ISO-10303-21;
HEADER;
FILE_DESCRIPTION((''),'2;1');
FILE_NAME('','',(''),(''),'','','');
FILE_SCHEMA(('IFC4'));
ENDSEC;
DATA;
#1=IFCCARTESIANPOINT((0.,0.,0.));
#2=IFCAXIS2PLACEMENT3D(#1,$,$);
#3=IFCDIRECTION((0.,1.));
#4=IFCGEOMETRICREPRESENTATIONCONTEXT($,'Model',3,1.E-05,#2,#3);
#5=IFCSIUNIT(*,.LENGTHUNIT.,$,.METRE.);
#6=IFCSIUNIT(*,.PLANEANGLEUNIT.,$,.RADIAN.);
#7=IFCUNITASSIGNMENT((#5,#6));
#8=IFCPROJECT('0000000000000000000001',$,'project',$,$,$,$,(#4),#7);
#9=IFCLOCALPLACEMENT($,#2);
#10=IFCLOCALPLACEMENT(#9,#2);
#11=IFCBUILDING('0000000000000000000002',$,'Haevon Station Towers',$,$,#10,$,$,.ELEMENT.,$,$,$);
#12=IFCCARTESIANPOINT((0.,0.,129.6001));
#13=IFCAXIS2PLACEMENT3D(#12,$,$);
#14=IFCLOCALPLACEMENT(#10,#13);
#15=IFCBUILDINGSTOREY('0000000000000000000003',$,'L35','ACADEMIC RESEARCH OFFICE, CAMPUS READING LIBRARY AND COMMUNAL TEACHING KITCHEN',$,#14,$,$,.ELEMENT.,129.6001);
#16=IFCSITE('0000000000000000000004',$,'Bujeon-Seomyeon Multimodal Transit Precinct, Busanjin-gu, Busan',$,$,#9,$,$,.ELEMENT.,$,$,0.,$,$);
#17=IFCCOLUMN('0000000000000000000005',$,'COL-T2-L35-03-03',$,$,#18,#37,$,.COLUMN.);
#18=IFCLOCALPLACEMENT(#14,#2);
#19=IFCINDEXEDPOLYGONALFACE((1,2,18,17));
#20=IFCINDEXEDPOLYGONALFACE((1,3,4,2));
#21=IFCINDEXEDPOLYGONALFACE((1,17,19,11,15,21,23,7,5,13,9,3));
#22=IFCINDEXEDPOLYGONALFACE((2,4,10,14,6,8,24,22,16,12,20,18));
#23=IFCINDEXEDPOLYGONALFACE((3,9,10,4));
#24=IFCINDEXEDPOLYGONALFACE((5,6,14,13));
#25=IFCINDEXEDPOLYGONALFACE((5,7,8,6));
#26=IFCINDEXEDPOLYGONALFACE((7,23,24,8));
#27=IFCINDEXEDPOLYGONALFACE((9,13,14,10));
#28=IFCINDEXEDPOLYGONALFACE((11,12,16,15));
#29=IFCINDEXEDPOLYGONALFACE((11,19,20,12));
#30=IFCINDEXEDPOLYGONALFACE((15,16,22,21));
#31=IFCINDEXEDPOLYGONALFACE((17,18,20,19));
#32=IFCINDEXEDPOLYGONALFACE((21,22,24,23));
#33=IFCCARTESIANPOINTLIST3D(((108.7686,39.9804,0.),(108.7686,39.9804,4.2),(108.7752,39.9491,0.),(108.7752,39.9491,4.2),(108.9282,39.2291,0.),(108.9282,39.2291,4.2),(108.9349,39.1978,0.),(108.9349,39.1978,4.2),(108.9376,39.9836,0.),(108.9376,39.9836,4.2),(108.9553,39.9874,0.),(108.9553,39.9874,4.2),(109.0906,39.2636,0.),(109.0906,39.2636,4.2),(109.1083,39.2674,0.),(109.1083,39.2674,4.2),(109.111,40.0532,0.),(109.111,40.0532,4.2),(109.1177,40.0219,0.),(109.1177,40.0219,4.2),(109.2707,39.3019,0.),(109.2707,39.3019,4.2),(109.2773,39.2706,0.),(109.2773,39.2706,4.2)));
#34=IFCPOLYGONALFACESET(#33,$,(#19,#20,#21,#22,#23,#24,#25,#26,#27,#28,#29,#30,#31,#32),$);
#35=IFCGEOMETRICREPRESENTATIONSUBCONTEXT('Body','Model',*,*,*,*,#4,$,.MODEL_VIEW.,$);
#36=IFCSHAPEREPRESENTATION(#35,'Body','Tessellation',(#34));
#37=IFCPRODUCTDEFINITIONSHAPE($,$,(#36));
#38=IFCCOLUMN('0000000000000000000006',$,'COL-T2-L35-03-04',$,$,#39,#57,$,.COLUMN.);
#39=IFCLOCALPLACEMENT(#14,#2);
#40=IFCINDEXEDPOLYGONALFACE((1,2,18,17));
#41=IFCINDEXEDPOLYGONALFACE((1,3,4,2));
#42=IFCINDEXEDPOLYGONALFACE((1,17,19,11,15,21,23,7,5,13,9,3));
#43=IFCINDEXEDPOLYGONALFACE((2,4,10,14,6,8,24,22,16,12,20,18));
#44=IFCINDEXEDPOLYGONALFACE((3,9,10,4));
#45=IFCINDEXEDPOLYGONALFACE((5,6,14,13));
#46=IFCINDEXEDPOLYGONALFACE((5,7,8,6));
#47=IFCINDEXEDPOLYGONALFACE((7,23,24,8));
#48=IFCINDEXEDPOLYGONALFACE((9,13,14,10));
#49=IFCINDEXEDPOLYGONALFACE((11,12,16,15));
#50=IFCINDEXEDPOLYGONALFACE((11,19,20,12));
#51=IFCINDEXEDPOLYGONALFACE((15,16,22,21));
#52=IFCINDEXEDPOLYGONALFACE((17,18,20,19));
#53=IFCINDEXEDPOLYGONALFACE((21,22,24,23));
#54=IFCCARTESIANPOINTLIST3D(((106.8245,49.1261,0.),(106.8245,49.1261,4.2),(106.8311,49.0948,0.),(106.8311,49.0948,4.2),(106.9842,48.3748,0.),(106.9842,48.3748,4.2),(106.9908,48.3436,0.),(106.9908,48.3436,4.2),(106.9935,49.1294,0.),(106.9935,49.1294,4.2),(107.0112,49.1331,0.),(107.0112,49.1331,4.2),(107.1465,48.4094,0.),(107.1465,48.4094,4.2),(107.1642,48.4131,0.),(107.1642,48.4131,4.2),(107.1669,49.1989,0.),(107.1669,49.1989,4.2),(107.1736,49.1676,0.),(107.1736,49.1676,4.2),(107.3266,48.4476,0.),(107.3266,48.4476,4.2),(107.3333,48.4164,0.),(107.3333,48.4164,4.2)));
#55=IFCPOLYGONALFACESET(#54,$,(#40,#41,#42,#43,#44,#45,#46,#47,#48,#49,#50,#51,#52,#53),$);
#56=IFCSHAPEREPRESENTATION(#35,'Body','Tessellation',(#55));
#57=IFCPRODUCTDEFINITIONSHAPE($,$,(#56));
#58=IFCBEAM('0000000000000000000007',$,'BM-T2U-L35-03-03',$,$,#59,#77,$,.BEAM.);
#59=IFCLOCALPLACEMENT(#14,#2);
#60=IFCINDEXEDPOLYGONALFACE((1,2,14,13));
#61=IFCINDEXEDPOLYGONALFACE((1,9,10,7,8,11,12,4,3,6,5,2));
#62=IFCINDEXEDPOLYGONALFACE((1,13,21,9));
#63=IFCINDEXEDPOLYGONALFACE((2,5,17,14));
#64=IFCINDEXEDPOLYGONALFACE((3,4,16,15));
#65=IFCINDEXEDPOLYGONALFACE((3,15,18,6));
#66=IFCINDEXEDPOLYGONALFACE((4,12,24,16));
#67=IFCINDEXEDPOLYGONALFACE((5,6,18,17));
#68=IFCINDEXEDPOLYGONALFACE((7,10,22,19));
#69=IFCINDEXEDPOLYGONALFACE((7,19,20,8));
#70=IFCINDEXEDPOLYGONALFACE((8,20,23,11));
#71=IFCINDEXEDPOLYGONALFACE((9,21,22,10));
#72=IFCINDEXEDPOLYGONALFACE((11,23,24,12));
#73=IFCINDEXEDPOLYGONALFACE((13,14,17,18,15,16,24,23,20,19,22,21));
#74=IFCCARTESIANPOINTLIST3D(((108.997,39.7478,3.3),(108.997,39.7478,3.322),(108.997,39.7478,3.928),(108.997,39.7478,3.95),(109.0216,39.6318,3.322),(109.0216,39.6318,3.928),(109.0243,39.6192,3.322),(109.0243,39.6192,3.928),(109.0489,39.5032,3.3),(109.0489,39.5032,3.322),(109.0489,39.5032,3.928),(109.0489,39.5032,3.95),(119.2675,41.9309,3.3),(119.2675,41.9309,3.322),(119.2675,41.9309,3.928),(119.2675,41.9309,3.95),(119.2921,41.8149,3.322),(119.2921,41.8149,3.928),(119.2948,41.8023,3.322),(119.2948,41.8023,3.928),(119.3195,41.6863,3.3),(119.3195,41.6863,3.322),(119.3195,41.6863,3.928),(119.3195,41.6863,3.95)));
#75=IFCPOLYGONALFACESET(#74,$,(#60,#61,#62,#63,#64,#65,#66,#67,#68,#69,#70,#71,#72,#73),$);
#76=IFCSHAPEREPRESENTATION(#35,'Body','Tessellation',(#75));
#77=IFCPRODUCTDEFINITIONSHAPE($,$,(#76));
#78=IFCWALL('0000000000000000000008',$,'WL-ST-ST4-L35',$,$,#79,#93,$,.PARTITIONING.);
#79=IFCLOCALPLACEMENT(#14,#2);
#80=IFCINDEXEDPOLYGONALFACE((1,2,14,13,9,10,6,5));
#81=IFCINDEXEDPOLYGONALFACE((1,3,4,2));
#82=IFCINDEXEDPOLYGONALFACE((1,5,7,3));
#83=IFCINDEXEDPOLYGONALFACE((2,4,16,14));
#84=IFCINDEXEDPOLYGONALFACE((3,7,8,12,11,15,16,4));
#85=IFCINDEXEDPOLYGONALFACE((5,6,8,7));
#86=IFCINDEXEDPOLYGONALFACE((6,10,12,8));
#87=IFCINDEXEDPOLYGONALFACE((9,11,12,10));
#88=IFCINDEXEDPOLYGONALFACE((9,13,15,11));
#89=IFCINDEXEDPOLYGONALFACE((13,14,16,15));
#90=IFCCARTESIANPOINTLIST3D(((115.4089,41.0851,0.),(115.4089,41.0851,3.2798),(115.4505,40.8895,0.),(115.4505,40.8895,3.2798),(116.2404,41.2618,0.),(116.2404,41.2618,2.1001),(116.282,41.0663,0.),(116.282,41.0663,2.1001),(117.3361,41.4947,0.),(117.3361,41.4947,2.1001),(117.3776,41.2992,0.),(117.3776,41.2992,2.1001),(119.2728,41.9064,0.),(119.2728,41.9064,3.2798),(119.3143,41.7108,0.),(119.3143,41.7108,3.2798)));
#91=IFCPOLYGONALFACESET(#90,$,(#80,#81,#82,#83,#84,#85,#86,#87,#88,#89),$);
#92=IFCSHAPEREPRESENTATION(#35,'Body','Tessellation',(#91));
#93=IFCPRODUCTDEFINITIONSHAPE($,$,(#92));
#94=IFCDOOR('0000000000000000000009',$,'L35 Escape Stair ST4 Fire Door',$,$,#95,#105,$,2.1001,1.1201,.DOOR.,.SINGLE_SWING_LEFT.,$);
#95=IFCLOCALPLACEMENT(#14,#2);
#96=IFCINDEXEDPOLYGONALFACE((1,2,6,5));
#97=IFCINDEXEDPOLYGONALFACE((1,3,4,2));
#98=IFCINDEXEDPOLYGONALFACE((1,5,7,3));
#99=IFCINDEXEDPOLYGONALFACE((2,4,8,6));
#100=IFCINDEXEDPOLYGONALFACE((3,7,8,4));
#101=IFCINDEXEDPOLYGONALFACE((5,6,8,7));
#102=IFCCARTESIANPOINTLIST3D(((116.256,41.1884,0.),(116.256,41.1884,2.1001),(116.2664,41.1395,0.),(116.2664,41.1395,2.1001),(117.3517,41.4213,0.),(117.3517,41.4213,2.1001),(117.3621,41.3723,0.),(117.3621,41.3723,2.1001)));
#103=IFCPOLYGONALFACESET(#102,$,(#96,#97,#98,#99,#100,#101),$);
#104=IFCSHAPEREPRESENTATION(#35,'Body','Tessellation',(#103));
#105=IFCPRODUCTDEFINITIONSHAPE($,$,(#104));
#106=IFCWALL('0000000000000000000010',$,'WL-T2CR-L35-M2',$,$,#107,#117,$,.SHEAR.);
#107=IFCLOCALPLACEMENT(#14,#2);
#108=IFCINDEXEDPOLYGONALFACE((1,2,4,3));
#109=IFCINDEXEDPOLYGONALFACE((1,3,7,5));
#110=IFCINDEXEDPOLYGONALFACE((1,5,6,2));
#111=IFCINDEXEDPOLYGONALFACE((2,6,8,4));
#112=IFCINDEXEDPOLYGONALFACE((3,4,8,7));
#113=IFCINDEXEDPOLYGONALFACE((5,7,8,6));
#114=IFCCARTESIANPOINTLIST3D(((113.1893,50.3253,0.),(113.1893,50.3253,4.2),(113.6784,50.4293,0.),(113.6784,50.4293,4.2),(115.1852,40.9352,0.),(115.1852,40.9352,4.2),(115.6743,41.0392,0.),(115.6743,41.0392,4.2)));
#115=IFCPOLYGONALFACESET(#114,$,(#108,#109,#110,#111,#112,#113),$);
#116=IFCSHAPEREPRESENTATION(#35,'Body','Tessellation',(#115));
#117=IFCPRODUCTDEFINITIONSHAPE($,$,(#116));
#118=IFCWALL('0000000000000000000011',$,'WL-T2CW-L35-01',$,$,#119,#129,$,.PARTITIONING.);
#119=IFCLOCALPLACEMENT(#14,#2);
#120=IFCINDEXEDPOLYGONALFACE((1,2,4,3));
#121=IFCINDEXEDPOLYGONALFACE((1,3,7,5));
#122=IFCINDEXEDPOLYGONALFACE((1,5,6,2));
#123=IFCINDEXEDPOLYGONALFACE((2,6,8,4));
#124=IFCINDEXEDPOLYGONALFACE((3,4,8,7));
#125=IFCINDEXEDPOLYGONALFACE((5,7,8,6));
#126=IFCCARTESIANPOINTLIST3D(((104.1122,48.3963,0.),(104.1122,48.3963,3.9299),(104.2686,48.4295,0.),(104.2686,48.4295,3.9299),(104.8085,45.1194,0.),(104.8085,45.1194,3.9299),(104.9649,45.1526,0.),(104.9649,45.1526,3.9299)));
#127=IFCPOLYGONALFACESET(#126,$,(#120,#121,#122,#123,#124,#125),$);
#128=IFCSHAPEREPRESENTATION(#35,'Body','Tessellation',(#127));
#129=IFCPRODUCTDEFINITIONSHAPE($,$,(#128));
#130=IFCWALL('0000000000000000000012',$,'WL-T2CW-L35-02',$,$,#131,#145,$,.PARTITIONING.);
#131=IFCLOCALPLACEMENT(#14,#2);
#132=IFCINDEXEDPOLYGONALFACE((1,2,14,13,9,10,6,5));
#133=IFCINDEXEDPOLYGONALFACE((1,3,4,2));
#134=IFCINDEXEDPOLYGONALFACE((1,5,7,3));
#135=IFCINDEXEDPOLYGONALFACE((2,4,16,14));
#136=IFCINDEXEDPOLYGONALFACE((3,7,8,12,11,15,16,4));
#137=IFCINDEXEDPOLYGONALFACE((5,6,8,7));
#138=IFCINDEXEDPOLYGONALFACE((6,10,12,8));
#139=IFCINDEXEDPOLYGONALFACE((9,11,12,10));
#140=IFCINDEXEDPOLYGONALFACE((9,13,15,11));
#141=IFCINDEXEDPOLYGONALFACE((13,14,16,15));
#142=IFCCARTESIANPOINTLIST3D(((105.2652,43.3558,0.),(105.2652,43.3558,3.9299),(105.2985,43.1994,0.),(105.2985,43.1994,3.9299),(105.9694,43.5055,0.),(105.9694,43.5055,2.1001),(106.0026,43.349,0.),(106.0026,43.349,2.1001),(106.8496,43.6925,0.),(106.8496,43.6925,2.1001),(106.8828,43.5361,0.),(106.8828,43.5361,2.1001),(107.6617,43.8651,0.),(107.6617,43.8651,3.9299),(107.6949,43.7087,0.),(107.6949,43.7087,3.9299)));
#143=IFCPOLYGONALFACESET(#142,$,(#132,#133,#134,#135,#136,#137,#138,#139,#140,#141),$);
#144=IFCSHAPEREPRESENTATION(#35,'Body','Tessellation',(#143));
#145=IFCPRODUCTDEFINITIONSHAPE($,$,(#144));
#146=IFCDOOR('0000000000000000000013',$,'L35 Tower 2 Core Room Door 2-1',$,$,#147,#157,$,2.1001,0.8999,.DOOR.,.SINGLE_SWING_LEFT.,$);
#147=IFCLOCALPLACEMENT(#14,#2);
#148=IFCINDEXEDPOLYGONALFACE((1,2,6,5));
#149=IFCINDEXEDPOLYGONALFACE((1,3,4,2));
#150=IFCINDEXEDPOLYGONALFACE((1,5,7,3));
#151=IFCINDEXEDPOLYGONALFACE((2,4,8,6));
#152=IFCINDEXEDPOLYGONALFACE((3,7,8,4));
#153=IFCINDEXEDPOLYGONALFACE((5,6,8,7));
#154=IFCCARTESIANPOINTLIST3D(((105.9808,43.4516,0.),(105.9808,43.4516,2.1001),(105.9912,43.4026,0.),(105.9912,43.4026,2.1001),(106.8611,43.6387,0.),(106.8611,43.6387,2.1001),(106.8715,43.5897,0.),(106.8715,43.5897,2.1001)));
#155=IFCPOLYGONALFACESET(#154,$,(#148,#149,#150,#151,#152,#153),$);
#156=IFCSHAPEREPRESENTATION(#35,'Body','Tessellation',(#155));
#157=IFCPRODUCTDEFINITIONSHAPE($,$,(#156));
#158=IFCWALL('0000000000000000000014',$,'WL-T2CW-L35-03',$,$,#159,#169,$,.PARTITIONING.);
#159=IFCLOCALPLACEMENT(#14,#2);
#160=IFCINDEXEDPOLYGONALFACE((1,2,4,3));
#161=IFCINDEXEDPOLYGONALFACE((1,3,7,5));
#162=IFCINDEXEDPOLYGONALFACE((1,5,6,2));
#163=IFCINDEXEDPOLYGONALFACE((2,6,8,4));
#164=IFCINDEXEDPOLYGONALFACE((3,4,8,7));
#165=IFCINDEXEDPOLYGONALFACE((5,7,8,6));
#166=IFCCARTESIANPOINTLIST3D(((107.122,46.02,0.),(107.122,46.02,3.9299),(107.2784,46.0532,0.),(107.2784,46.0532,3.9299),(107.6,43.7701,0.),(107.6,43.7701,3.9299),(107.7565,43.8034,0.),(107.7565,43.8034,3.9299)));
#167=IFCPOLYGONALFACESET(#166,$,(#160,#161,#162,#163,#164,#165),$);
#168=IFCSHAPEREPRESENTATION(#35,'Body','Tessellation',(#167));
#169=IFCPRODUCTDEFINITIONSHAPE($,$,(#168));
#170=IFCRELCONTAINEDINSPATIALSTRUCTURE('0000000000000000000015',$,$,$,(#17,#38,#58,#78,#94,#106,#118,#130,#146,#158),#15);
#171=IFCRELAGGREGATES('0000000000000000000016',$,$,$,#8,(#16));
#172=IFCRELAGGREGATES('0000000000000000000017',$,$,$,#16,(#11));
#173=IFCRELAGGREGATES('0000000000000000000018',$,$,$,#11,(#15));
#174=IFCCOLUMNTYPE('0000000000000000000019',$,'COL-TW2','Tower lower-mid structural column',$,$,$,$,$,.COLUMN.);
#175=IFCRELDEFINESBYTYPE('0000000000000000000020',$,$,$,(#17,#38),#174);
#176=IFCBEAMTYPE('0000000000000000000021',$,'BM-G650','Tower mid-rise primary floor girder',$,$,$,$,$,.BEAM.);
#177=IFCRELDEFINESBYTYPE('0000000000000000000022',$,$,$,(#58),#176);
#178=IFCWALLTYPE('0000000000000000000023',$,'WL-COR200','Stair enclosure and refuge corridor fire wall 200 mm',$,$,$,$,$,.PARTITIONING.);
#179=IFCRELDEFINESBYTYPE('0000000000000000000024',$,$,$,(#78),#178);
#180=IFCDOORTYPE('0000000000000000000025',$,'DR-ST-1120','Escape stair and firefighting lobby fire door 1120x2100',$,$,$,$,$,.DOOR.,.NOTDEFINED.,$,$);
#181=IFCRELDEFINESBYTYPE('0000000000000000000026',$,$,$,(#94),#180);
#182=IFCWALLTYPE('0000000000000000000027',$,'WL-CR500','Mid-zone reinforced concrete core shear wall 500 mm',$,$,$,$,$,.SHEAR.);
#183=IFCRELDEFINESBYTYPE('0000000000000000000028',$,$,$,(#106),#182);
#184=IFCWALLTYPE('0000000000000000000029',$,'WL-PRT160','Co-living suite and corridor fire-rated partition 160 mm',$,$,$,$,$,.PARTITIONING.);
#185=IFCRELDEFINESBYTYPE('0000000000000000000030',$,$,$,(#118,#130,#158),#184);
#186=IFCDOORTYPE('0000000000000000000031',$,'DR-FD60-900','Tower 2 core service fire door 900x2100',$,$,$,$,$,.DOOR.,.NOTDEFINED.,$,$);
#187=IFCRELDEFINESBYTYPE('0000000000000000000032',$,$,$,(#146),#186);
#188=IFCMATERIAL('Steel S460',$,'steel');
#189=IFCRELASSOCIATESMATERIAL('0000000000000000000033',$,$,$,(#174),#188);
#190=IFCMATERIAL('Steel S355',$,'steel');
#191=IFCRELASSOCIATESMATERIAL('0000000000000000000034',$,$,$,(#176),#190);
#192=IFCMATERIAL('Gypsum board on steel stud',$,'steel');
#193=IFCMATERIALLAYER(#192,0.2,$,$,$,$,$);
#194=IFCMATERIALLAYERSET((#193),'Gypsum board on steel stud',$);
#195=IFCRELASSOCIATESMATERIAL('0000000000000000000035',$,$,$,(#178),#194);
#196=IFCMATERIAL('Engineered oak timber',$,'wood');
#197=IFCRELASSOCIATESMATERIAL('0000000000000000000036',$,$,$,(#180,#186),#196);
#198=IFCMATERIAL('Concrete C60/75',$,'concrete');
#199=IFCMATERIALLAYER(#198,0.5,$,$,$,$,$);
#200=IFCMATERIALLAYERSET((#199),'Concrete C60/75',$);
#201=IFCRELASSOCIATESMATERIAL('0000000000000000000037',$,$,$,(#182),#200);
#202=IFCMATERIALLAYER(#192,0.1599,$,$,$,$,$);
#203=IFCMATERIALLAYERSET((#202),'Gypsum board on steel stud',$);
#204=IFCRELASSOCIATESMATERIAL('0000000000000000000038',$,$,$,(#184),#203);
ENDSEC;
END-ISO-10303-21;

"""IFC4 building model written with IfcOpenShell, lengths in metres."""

from ifc_helpers import new_model, si_unit, direction, frame, frame_2d, origin, origin_2d, place, context, subcontext, project, spatial, rectangle, i_section, extrude, material, layer, layer_set, material_profile, profile_set, type_object, element, fill, save


model = new_model("IFC4")

# Units and contexts
model_context = context("Model", 3, precision=1e-05, world=origin(), true_north=direction((0.0, 1.0)))
body_context = subcontext(model_context, "Body", "Model", "MODEL_VIEW")
ifc_project = project(units=[si_unit("LENGTHUNIT", "METRE"), si_unit("PLANEANGLEUNIT", "RADIAN")], contexts=[model_context])

# Site, building, storey
site_placement = place(None, origin())
site = spatial("IfcSite", under=ifc_project, at=site_placement, Name="Bujeon-Seomyeon Multimodal Transit Precinct, Busanjin-gu, Busan", CompositionType="ELEMENT", RefElevation=0.0)
building_placement = place(site_placement, origin())
building = spatial("IfcBuilding", under=site, at=building_placement, Name="Haevon Station Towers", CompositionType="ELEMENT")
storey_placement = place(building_placement, frame((0.0, 0.0, 129.6001)))
storey = spatial("IfcBuildingStorey", under=building, at=storey_placement, Name="L35", Description="ACADEMIC RESEARCH OFFICE, CAMPUS READING LIBRARY AND COMMUNAL TEACHING KITCHEN", CompositionType="ELEMENT", Elevation=129.6001)

# Columns
ifc_material_1 = material(Name="Steel S460", Category="steel")
ifc_material_profile_1 = material_profile(ifc_material_1, i_section(OverallWidth=0.3501, OverallDepth=0.8, WebThickness=0.0181, FlangeThickness=0.032, at=origin_2d()), Name="H-800x350x18x32")
ifc_profile_set_1 = profile_set([ifc_material_profile_1], Name="Steel S460")
column_type = type_object("IfcColumnType", Name="COL-TW2", Description="Tower lower-mid structural column", PredefinedType="COLUMN", material=ifc_profile_set_1)
for number, where, z_axis, x_axis, name in (
    (1, (109.0229, 39.6255, 0.0), (0.0, 0.0, 1.0), (0.978148, 0.207912, 0.0), "COL-T2-L35-03-03"),
    (2, (107.0789, 48.7712, 0.0), (0.0, 0.0, 1.0), (0.978148, 0.207912, 0.0), "COL-T2-L35-03-04"),
):
    element("IfcColumn", number, at=place(storey_placement, frame(where, z_axis=z_axis, x_axis=x_axis)), inside=storey, type_object=column_type, Name=name, PredefinedType="COLUMN", context=body_context, shape_type="SweptSolid", body=[
        extrude(i_section(OverallWidth=0.3501, OverallDepth=0.8, WebThickness=0.0181, FlangeThickness=0.032, at=origin_2d()), origin(), (0.0, 0.0, 1.0), 4.2),
    ])

# Beam
ifc_material_2 = material(Name="Steel S355", Category="steel")
ifc_material_profile_2 = material_profile(ifc_material_2, i_section(OverallWidth=0.25, OverallDepth=0.6499, WebThickness=0.0129, FlangeThickness=0.022, at=origin_2d()), Name="H-650x250x13x22")
ifc_profile_set_2 = profile_set([ifc_material_profile_2], Name="Steel S355")
beam_type = type_object("IfcBeamType", Name="BM-G650", Description="Tower mid-rise primary floor girder", PredefinedType="BEAM", material=ifc_profile_set_2)
beam_placement = place(storey_placement, frame((109.0229, 39.6255, 3.625), z_axis=(0.978147, 0.207915, 0.0), x_axis=(-0.207915, 0.978147, 0.0)))
element("IfcBeam", 3, at=beam_placement, inside=storey, type_object=beam_type, Name="BM-T2U-L35-03-03", PredefinedType="BEAM", context=body_context, shape_type="SweptSolid", body=[
    extrude(i_section(OverallWidth=0.25, OverallDepth=0.6499, WebThickness=0.0129, FlangeThickness=0.022, at=origin_2d()), origin(), (0.0, 0.0, 1.0), 10.5),
])

# Wall, opening, door
ifc_material_3 = material(Name="Gypsum board on steel stud", Category="steel")
ifc_layer_1 = layer(ifc_material_3, 0.2)
ifc_layer_set_1 = layer_set([ifc_layer_1], Name="Gypsum board on steel stud")
wall_type_1 = type_object("IfcWallType", Name="WL-COR200", Description="Stair enclosure and refuge corridor fire wall 200 mm", PredefinedType="PARTITIONING", material=ifc_layer_set_1)
wall_1_placement = place(storey_placement, frame((115.4297, 40.9873, 0.0), z_axis=(0.0, 0.0, 1.0), x_axis=(0.978147, 0.207916, 0.0)))
wall_1 = element("IfcWall", 4, at=wall_1_placement, inside=storey, type_object=wall_type_1, Name="WL-ST-ST4-L35", PredefinedType="PARTITIONING", context=body_context, shape_type="SweptSolid", body=[
    extrude(rectangle(XDim=3.9502, YDim=0.2, at=frame_2d((1.9751, 0.0))), origin(), (0.0, 0.0, 1.0), 3.2798),
])
opening_1_placement = place(wall_1_placement, frame((0.8501, 0.0, 0.0)))
opening_1 = element("IfcOpeningElement", 5, at=opening_1_placement, cuts=wall_1, PredefinedType="OPENING", context=body_context, shape_type="SweptSolid", body=[
    extrude(rectangle(XDim=1.1201, YDim=2.1001, at=frame_2d((0.5601, 1.05))), frame((0.0, 0.1099, 0.0), z_axis=(0.0, -1.0, 0.0), x_axis=(1.0, 0.0, 0.0)), (0.0, 0.0, 1.0), 0.22),
])
ifc_material_4 = material(Name="Engineered oak timber", Category="wood")
door_type_1 = type_object("IfcDoorType", Name="DR-ST-1120", Description="Escape stair and firefighting lobby fire door 1120x2100", OperationType="NOTDEFINED", PredefinedType="DOOR", material=ifc_material_4)
door_1_placement = place(opening_1_placement, origin())
door_1 = element("IfcDoor", 6, at=door_1_placement, inside=storey, type_object=door_type_1, Name="L35 Escape Stair ST4 Fire Door", OperationType="SINGLE_SWING_LEFT", OverallHeight=2.1001, OverallWidth=1.1201, PredefinedType="DOOR", context=body_context, shape_type="SweptSolid", body=[
    extrude(rectangle(XDim=1.1201, YDim=2.1001, at=frame_2d((0.5601, 1.05))), frame((0.0, 0.0249, 0.0), z_axis=(0.0, -1.0, 0.0), x_axis=(1.0, 0.0, 0.0)), (0.0, 0.0, 1.0), 0.05),
])
fill(opening_1, door_1)

# Walls
ifc_material_5 = material(Name="Concrete C60/75", Category="concrete")
ifc_layer_2 = layer(ifc_material_5, 0.5)
ifc_layer_set_2 = layer_set([ifc_layer_2], Name="Concrete C60/75")
wall_type_2 = type_object("IfcWallType", Name="WL-CR500", Description="Mid-zone reinforced concrete core shear wall 500 mm", PredefinedType="SHEAR", material=ifc_layer_set_2)
wall_2_placement = place(storey_placement, frame((115.4297, 40.9873, 0.0), z_axis=(0.0, 0.0, 1.0), x_axis=(-0.207903, 0.978149, 0.0)))
element("IfcWall", 7, at=wall_2_placement, inside=storey, type_object=wall_type_2, Name="WL-T2CR-L35-M2", PredefinedType="SHEAR", context=body_context, shape_type="SweptSolid", body=[
    extrude(rectangle(XDim=9.5999, YDim=0.5, at=frame_2d((4.7998, 0.0))), origin(), (0.0, 0.0, 1.0), 4.2),
])
ifc_layer_3 = layer(ifc_material_3, 0.1599)
ifc_layer_set_3 = layer_set([ifc_layer_3], Name="Gypsum board on steel stud")
wall_type_3 = type_object("IfcWallType", Name="WL-PRT160", Description="Co-living suite and corridor fire-rated partition 160 mm", PredefinedType="PARTITIONING", material=ifc_layer_set_3)
wall_3_placement = place(storey_placement, frame((104.8867, 45.136, 0.0), z_axis=(0.0, 0.0, 1.0), x_axis=(-0.207847, 0.978161, 0.0)))
element("IfcWall", 8, at=wall_3_placement, inside=storey, type_object=wall_type_3, Name="WL-T2CW-L35-01", PredefinedType="PARTITIONING", context=body_context, shape_type="SweptSolid", body=[
    extrude(rectangle(XDim=3.3501, YDim=0.1599, at=frame_2d((1.675, 0.0))), origin(), (0.0, 0.0, 1.0), 3.9299),
])

# Wall, opening, door
wall_4_placement = place(storey_placement, frame((105.2817, 43.2776, 0.0), z_axis=(0.0, 0.0, 1.0), x_axis=(0.978157, 0.207868, 0.0)))
wall_4 = element("IfcWall", 9, at=wall_4_placement, inside=storey, type_object=wall_type_3, Name="WL-T2CW-L35-02", PredefinedType="PARTITIONING", context=body_context, shape_type="SweptSolid", body=[
    extrude(rectangle(XDim=2.45, YDim=0.1599, at=frame_2d((1.2251, 0.0))), origin(), (0.0, 0.0, 1.0), 3.9299),
])
opening_2_placement = place(wall_4_placement, frame((0.72, 0.0, 0.0)))
opening_2 = element("IfcOpeningElement", 10, at=opening_2_placement, cuts=wall_4, PredefinedType="OPENING", context=body_context, shape_type="SweptSolid", body=[
    extrude(rectangle(XDim=0.8999, YDim=2.1001, at=frame_2d((0.45, 1.05))), frame((0.0, 0.0898, 0.0), z_axis=(0.0, -1.0, 0.0), x_axis=(1.0, 0.0, 0.0)), (0.0, 0.0, 1.0), 0.1799),
])
door_type_2 = type_object("IfcDoorType", Name="DR-FD60-900", Description="Tower 2 core service fire door 900x2100", OperationType="NOTDEFINED", PredefinedType="DOOR", material=ifc_material_4)
door_2_placement = place(opening_2_placement, origin())
door_2 = element("IfcDoor", 11, at=door_2_placement, inside=storey, type_object=door_type_2, Name="L35 Tower 2 Core Room Door 2-1", OperationType="SINGLE_SWING_LEFT", OverallHeight=2.1001, OverallWidth=0.8999, PredefinedType="DOOR", context=body_context, shape_type="SweptSolid", body=[
    extrude(rectangle(XDim=0.8999, YDim=2.1001, at=frame_2d((0.45, 1.05))), frame((0.0, 0.0249, 0.0), z_axis=(0.0, -1.0, 0.0), x_axis=(1.0, 0.0, 0.0)), (0.0, 0.0, 1.0), 0.05),
])
fill(opening_2, door_2)

# Wall
wall_5_placement = place(storey_placement, frame((107.6782, 43.7869, 0.0), z_axis=(0.0, 0.0, 1.0), x_axis=(-0.20784, 0.978163, 0.0)))
element("IfcWall", 12, at=wall_5_placement, inside=storey, type_object=wall_type_3, Name="WL-T2CW-L35-03", PredefinedType="PARTITIONING", context=body_context, shape_type="SweptSolid", body=[
    extrude(rectangle(XDim=2.3, YDim=0.1599, at=frame_2d((1.1499, 0.0))), origin(), (0.0, 0.0, 1.0), 3.9299),
])

save(model, "model.ifc")
